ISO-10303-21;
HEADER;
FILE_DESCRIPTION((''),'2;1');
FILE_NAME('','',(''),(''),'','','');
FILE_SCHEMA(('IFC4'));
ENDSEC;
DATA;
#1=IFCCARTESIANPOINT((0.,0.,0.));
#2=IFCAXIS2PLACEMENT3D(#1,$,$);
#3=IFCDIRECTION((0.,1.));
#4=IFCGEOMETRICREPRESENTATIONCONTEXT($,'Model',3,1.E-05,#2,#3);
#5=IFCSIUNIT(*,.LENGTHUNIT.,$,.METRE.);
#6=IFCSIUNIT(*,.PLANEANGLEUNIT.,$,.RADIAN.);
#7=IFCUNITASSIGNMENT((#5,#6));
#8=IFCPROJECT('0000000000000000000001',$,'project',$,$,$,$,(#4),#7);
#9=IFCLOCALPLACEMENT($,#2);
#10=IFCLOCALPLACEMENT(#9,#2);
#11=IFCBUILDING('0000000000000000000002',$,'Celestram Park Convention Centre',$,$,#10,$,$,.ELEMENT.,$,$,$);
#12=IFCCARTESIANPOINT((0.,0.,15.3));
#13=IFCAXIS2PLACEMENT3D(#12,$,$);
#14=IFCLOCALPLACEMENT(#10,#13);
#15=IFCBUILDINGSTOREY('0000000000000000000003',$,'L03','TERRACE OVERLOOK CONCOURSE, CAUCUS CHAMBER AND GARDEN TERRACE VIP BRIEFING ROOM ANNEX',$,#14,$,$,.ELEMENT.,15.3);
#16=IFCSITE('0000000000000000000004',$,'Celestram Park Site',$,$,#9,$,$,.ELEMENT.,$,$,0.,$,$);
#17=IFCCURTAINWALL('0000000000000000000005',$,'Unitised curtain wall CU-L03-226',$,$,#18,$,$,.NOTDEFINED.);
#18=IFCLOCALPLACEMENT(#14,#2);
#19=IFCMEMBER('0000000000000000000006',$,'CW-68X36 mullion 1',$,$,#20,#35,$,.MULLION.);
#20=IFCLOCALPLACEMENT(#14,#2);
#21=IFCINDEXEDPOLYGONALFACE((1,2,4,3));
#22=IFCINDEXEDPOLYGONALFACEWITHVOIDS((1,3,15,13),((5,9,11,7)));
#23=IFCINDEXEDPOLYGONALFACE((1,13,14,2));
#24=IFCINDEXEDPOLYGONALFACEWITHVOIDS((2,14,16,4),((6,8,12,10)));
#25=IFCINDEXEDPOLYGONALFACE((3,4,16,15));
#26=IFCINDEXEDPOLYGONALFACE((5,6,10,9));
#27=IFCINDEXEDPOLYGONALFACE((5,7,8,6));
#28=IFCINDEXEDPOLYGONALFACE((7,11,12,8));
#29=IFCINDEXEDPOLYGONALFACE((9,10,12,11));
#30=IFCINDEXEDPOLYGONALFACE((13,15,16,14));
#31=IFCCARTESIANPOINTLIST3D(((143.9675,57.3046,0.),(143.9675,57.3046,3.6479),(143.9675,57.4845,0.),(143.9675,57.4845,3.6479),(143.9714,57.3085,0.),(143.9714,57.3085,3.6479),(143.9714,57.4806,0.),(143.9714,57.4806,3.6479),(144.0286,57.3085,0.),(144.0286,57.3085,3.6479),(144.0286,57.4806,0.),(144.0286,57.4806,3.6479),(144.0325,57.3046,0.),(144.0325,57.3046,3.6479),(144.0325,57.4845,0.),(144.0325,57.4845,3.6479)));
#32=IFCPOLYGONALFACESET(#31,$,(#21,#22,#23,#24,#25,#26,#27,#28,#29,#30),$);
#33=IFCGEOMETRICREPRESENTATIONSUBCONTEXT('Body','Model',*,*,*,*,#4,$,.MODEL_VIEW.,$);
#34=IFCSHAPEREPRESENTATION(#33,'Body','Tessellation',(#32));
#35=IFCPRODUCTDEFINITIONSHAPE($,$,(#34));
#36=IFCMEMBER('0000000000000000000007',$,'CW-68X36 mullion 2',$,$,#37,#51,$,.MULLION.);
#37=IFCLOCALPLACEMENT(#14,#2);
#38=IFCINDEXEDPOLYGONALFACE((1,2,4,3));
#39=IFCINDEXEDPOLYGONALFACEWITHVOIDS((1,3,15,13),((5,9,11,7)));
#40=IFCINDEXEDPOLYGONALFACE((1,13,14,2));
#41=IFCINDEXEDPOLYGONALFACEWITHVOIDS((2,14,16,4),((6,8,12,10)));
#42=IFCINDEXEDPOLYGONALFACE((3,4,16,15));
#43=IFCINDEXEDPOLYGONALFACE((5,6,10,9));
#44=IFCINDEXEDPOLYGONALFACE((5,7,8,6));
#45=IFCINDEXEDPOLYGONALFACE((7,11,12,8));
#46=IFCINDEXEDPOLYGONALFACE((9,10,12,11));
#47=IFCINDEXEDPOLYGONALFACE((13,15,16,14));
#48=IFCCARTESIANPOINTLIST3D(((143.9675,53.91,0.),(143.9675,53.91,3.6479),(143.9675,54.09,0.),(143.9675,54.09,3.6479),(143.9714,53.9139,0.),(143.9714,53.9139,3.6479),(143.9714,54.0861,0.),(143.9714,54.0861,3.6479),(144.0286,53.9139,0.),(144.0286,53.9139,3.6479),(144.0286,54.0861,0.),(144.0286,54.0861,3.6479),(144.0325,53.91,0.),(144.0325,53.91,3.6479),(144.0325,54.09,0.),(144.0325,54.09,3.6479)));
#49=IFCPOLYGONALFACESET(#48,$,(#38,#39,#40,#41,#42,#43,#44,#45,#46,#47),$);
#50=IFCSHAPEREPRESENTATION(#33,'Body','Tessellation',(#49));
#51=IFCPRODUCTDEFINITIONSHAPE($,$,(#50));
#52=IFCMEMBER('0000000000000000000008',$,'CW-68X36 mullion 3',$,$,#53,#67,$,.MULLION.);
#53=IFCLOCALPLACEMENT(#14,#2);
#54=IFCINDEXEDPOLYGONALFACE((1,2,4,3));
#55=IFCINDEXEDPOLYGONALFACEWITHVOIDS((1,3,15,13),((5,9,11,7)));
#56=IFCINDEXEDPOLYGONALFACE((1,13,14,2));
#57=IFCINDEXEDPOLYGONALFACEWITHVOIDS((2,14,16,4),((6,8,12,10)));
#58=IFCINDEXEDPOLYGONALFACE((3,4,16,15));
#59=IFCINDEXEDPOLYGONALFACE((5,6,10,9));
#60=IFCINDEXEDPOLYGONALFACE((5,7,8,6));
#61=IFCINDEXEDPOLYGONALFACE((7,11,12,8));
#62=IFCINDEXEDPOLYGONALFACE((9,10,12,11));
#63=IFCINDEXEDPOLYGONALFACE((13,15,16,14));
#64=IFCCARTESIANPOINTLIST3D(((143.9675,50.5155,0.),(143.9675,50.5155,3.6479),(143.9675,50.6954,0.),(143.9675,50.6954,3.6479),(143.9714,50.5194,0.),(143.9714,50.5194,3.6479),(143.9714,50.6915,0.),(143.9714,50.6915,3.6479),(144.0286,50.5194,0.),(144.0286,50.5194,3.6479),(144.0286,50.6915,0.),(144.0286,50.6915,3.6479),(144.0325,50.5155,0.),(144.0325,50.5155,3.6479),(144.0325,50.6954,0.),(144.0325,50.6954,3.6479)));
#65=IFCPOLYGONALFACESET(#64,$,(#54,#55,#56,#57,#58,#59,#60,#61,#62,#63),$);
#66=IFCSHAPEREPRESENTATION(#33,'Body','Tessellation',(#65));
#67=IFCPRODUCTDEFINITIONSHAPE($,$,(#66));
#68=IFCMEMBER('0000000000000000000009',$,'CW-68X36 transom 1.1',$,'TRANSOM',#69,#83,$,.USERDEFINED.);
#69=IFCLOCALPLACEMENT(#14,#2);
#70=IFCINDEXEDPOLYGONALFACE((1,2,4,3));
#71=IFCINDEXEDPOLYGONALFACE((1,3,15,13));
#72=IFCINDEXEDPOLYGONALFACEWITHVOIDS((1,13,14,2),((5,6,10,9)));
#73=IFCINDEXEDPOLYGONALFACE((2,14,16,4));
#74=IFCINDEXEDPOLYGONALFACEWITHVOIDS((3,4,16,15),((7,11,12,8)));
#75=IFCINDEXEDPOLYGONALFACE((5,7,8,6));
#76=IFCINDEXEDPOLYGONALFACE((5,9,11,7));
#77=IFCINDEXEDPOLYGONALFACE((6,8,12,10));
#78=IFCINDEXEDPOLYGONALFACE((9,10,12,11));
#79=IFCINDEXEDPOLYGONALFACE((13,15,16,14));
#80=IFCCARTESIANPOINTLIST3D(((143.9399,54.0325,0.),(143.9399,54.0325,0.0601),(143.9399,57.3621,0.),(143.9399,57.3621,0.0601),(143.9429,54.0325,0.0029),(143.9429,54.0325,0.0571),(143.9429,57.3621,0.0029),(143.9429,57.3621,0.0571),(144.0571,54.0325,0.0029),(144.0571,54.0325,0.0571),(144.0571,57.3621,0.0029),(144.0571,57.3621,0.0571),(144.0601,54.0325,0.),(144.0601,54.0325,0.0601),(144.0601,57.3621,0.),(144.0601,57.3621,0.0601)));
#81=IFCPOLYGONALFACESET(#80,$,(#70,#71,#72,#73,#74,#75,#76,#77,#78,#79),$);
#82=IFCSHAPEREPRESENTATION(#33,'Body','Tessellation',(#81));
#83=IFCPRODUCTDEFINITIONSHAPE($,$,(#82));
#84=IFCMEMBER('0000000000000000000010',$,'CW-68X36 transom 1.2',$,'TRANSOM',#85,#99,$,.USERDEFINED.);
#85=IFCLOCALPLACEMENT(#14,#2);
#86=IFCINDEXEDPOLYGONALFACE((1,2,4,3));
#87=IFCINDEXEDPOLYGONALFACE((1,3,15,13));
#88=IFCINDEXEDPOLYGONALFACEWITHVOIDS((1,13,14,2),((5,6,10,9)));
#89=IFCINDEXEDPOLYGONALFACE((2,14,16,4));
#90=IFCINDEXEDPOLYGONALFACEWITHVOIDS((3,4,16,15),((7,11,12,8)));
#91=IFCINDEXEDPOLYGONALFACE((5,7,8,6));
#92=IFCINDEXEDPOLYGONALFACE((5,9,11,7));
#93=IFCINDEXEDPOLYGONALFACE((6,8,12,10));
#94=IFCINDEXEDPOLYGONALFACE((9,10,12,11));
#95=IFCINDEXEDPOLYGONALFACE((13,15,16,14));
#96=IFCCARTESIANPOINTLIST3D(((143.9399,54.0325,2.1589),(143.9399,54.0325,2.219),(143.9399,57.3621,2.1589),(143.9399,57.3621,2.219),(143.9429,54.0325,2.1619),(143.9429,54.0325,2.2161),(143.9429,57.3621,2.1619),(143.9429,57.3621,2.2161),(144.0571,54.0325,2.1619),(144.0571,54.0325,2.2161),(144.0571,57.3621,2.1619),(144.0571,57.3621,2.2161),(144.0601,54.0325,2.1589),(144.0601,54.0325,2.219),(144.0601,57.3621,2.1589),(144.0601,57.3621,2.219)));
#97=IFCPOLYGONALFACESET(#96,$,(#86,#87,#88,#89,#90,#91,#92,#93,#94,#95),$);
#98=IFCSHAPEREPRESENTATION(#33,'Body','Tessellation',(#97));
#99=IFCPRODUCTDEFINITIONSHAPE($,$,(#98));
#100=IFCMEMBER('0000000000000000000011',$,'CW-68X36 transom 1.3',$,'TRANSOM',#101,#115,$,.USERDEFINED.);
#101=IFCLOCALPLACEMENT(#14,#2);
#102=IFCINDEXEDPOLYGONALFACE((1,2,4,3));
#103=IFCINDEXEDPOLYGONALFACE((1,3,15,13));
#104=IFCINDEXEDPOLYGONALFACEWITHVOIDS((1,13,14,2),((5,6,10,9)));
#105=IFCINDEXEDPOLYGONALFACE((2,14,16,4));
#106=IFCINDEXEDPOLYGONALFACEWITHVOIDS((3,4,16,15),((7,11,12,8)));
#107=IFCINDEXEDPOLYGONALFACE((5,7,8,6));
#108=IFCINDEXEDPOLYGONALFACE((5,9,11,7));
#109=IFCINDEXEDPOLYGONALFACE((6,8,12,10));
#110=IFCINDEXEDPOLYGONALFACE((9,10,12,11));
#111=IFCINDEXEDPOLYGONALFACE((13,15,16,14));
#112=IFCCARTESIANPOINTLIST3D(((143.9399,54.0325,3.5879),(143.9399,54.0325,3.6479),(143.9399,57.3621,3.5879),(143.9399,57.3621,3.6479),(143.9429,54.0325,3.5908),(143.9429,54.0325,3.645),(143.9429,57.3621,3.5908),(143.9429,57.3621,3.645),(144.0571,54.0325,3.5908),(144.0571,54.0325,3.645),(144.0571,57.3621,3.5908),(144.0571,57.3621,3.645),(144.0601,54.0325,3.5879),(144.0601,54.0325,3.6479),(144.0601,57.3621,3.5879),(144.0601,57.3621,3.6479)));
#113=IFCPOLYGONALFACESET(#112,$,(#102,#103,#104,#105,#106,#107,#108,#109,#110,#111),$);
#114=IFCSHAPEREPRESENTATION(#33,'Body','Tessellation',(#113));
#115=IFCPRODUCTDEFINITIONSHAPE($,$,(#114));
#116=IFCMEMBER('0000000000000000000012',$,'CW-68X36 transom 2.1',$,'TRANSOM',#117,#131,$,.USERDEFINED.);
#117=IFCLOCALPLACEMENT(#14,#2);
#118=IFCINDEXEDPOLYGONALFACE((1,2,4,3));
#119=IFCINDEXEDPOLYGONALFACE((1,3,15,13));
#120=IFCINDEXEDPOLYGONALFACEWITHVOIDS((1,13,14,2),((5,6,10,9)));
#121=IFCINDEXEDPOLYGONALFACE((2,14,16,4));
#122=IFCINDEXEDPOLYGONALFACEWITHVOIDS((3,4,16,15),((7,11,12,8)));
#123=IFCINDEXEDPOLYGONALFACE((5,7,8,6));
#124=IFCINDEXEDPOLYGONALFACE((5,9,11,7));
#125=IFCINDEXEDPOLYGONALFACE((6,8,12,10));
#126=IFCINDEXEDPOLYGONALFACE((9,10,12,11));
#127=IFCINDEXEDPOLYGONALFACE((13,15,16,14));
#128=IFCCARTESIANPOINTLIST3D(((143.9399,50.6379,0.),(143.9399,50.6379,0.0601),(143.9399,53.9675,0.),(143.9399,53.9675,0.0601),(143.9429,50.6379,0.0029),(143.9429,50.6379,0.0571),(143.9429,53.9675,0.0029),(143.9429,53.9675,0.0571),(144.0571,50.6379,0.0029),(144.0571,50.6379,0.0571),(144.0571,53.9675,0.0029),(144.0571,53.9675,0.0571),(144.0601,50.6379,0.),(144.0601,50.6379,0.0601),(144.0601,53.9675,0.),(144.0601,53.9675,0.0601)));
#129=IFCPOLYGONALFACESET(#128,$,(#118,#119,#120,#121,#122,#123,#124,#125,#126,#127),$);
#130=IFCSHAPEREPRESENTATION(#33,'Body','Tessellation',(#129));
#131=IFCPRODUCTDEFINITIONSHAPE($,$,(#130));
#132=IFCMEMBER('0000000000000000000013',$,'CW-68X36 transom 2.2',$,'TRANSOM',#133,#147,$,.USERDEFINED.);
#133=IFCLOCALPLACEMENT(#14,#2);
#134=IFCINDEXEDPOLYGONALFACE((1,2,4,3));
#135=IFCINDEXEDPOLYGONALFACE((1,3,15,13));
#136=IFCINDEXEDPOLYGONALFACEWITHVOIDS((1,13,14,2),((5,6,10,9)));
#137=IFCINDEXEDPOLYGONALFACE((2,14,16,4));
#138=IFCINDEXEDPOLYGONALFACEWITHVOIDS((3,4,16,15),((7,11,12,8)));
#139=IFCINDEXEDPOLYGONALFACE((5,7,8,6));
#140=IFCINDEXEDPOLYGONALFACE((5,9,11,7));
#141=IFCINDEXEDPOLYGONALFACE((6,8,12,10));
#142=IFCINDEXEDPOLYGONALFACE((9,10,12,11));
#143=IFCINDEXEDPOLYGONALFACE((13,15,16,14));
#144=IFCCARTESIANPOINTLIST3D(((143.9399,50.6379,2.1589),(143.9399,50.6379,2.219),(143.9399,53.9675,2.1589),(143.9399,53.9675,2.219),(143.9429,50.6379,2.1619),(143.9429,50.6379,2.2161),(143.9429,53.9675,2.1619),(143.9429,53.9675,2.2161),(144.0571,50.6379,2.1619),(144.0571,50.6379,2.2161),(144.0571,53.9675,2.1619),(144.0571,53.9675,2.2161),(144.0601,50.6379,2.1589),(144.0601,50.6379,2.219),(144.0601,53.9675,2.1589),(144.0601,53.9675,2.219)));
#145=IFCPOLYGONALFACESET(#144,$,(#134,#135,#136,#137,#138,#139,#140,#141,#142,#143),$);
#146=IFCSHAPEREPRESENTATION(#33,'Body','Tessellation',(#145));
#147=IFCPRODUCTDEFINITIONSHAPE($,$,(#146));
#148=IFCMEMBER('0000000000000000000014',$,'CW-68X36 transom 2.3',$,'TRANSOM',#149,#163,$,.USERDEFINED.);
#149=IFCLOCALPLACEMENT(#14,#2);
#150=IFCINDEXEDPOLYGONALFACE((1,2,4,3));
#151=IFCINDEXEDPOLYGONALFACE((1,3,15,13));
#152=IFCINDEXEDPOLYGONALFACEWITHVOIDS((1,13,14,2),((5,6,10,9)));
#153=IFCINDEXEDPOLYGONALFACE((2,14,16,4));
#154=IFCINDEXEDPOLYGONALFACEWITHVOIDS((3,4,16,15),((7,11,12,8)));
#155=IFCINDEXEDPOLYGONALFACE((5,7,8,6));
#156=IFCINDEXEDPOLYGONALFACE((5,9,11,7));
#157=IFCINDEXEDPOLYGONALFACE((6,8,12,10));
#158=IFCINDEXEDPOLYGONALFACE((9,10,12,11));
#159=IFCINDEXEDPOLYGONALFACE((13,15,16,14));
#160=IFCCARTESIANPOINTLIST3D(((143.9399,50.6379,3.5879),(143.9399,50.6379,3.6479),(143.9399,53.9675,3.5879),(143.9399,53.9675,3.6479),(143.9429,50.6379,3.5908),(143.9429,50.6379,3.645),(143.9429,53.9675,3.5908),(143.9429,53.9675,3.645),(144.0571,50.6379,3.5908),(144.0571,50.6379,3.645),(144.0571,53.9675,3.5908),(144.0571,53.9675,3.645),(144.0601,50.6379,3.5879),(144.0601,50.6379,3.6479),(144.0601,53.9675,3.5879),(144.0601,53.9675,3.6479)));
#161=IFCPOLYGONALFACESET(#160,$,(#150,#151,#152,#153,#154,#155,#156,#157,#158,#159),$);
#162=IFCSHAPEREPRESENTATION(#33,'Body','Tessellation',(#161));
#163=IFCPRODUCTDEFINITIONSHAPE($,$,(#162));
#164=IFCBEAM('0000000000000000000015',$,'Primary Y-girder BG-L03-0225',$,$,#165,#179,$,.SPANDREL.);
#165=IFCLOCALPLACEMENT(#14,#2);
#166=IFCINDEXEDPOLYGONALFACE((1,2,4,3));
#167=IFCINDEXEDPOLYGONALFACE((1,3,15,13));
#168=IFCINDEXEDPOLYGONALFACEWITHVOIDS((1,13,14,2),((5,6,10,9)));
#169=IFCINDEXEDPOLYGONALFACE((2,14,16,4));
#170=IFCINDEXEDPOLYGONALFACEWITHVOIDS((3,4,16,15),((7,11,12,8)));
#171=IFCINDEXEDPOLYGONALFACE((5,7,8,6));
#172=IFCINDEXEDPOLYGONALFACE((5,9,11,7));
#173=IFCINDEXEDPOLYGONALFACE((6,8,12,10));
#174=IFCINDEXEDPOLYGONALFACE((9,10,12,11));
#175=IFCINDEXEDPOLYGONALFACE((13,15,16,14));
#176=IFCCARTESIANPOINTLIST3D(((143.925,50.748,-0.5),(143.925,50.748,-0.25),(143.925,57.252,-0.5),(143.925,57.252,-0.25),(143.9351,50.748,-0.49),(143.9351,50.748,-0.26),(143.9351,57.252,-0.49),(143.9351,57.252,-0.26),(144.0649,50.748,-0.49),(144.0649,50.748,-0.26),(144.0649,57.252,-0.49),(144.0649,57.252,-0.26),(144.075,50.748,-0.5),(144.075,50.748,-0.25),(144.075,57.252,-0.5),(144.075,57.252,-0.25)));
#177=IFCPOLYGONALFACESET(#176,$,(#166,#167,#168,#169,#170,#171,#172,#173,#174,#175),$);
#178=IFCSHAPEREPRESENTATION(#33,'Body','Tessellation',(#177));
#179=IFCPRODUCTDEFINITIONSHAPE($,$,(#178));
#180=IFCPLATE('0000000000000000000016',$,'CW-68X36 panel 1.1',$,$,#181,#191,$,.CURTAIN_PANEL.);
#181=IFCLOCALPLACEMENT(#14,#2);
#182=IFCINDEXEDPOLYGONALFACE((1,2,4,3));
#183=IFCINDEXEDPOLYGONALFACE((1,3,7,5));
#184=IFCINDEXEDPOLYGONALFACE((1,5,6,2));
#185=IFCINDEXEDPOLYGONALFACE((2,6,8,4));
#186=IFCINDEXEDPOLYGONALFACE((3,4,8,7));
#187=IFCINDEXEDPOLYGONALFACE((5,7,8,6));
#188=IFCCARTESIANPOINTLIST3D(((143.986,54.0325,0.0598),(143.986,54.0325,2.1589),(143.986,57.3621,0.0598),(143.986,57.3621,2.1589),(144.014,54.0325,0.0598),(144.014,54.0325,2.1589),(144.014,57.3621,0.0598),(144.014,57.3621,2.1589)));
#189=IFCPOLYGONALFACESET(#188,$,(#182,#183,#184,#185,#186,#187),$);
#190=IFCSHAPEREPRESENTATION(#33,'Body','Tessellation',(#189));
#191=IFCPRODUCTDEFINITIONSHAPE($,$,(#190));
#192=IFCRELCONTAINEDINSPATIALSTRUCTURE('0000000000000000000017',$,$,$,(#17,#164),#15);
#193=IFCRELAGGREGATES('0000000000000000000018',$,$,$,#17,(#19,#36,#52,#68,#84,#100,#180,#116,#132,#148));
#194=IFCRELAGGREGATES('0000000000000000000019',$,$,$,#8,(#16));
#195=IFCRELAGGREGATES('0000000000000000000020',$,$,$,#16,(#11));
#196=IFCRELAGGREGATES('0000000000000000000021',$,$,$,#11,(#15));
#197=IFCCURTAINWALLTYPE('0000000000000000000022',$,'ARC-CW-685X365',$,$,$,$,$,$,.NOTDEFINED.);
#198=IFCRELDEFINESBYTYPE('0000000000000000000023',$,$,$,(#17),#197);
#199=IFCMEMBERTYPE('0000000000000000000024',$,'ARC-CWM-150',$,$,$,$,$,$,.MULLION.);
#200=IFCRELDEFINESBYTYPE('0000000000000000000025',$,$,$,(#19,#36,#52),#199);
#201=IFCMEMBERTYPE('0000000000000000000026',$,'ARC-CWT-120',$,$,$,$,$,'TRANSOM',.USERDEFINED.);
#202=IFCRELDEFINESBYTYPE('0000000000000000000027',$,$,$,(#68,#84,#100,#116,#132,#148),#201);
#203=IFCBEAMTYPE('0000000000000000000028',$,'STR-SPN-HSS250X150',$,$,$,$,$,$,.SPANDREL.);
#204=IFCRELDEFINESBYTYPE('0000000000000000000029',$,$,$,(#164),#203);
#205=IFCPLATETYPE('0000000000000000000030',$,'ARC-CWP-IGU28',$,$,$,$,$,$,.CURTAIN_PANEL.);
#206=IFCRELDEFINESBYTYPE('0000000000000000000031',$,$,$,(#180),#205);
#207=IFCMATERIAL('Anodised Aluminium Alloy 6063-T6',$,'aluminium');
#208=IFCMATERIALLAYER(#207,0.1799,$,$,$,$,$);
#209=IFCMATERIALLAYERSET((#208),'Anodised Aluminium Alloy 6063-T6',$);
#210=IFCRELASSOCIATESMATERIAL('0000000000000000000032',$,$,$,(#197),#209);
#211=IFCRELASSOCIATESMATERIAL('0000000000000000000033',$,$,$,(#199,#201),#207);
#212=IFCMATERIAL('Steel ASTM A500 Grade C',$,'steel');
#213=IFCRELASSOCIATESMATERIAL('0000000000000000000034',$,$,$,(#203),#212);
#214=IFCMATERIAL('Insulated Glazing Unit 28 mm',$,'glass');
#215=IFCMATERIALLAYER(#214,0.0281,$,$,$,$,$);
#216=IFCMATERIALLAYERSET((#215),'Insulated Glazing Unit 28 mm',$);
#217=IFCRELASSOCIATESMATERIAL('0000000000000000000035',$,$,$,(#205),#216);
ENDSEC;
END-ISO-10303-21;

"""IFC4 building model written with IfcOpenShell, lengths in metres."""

from ifc_helpers import new_model, si_unit, direction, frame, origin, origin_2d, place, context, subcontext, project, spatial, rectangle, hollow_rectangle, extrude, material, layer, layer_set, material_profile, profile_set, type_object, element, aggregate, save


model = new_model("IFC4")

# Units and contexts
model_context = context("Model", 3, precision=1e-05, world=origin(), true_north=direction((0.0, 1.0)))
body_context = subcontext(model_context, "Body", "Model", "MODEL_VIEW")
ifc_project = project(units=[si_unit("LENGTHUNIT", "METRE"), si_unit("PLANEANGLEUNIT", "RADIAN")], contexts=[model_context])

# Site, building, storey
site_placement = place(None, origin())
site = spatial("IfcSite", under=ifc_project, at=site_placement, Name="Celestram Park Site", CompositionType="ELEMENT", RefElevation=0.0)
building_placement = place(site_placement, origin())
building = spatial("IfcBuilding", under=site, at=building_placement, Name="Celestram Park Convention Centre", CompositionType="ELEMENT")
storey_placement = place(building_placement, frame((0.0, 0.0, 15.3)))
storey = spatial("IfcBuildingStorey", under=building, at=storey_placement, Name="L03", Description="TERRACE OVERLOOK CONCOURSE, CAUCUS CHAMBER AND GARDEN TERRACE VIP BRIEFING ROOM ANNEX", CompositionType="ELEMENT", Elevation=15.3)

# Curtain wall, members
ifc_material_1 = material(Name="Anodised Aluminium Alloy 6063-T6", Category="aluminium")
ifc_layer_1 = layer(ifc_material_1, 0.1799)
ifc_layer_set_1 = layer_set([ifc_layer_1], Name="Anodised Aluminium Alloy 6063-T6")
curtain_wall_type = type_object("IfcCurtainWallType", Name="ARC-CW-685X365", PredefinedType="NOTDEFINED", material=ifc_layer_set_1)
curtain_wall_placement = place(storey_placement, origin())
curtain_wall = element("IfcCurtainWall", 1, at=curtain_wall_placement, inside=storey, type_object=curtain_wall_type, Name="Unitised curtain wall CU-L03-226", PredefinedType="NOTDEFINED")
ifc_material_profile_1 = material_profile(ifc_material_1, hollow_rectangle(XDim=0.0649, YDim=0.1799, WallThickness=0.0039, at=origin_2d()), Name="ALU65X180X4")
ifc_profile_set_1 = profile_set([ifc_material_profile_1], Name="Anodised Aluminium Alloy 6063-T6")
member_type_1 = type_object("IfcMemberType", Name="ARC-CWM-150", PredefinedType="MULLION", material=ifc_profile_set_1)
member_1_placement = place(storey_placement, frame((144.0, 57.3945, 0.0), z_axis=(0.0, 0.0, 1.0), x_axis=(1.0, 0.0, 0.0)))
member_1 = element("IfcMember", 2, at=member_1_placement, type_object=member_type_1, Name="CW-68X36 mullion 1", PredefinedType="MULLION", context=body_context, shape_type="SweptSolid", body=[
    extrude(hollow_rectangle(XDim=0.0649, YDim=0.1799, WallThickness=0.0039, at=origin_2d()), origin(), (0.0, 0.0, 1.0), 3.6479),
])
member_2_placement = place(storey_placement, frame((144.0, 54.0, 0.0), z_axis=(0.0, 0.0, 1.0), x_axis=(1.0, 0.0, 0.0)))
member_2 = element("IfcMember", 3, at=member_2_placement, type_object=member_type_1, Name="CW-68X36 mullion 2", PredefinedType="MULLION", context=body_context, shape_type="SweptSolid", body=[
    extrude(hollow_rectangle(XDim=0.0649, YDim=0.1799, WallThickness=0.0039, at=origin_2d()), origin(), (0.0, 0.0, 1.0), 3.6479),
])
member_3_placement = place(storey_placement, frame((144.0, 50.6055, 0.0), z_axis=(0.0, 0.0, 1.0), x_axis=(1.0, 0.0, 0.0)))
member_3 = element("IfcMember", 4, at=member_3_placement, type_object=member_type_1, Name="CW-68X36 mullion 3", PredefinedType="MULLION", context=body_context, shape_type="SweptSolid", body=[
    extrude(hollow_rectangle(XDim=0.0649, YDim=0.1799, WallThickness=0.0039, at=origin_2d()), origin(), (0.0, 0.0, 1.0), 3.6479),
])
ifc_material_profile_2 = material_profile(ifc_material_1, hollow_rectangle(XDim=0.1201, YDim=0.0601, WallThickness=0.0029, at=origin_2d()), Name="ALU120X60X3")
ifc_profile_set_2 = profile_set([ifc_material_profile_2], Name="Anodised Aluminium Alloy 6063-T6")
member_type_2 = type_object("IfcMemberType", Name="ARC-CWT-120", ElementType="TRANSOM", PredefinedType="USERDEFINED", material=ifc_profile_set_2)
member_4_placement = place(storey_placement, frame((144.0, 57.3621, 0.03), z_axis=(0.0, -1.0, 0.0), x_axis=(1.0, 0.0, 0.0)))
member_4 = element("IfcMember", 5, at=member_4_placement, type_object=member_type_2, Name="CW-68X36 transom 1.1", ObjectType="TRANSOM", PredefinedType="USERDEFINED", context=body_context, shape_type="SweptSolid", body=[
    extrude(hollow_rectangle(XDim=0.1201, YDim=0.0601, WallThickness=0.0029, at=origin_2d()), origin(), (0.0, 0.0, 1.0), 3.3296),
])
member_5_placement = place(storey_placement, frame((144.0, 57.3621, 2.189), z_axis=(0.0, -1.0, 0.0), x_axis=(1.0, 0.0, 0.0)))
member_5 = element("IfcMember", 6, at=member_5_placement, type_object=member_type_2, Name="CW-68X36 transom 1.2", ObjectType="TRANSOM", PredefinedType="USERDEFINED", context=body_context, shape_type="SweptSolid", body=[
    extrude(hollow_rectangle(XDim=0.1201, YDim=0.0601, WallThickness=0.0029, at=origin_2d()), origin(), (0.0, 0.0, 1.0), 3.3296),
])
member_6_placement = place(storey_placement, frame((144.0, 57.3621, 3.6179), z_axis=(0.0, -1.0, 0.0), x_axis=(1.0, 0.0, 0.0)))
member_6 = element("IfcMember", 7, at=member_6_placement, type_object=member_type_2, Name="CW-68X36 transom 1.3", ObjectType="TRANSOM", PredefinedType="USERDEFINED", context=body_context, shape_type="SweptSolid", body=[
    extrude(hollow_rectangle(XDim=0.1201, YDim=0.0601, WallThickness=0.0029, at=origin_2d()), origin(), (0.0, 0.0, 1.0), 3.3296),
])
member_7_placement = place(storey_placement, frame((144.0, 53.9675, 0.03), z_axis=(0.0, -1.0, 0.0), x_axis=(1.0, 0.0, 0.0)))
member_7 = element("IfcMember", 8, at=member_7_placement, type_object=member_type_2, Name="CW-68X36 transom 2.1", ObjectType="TRANSOM", PredefinedType="USERDEFINED", context=body_context, shape_type="SweptSolid", body=[
    extrude(hollow_rectangle(XDim=0.1201, YDim=0.0601, WallThickness=0.0029, at=origin_2d()), origin(), (0.0, 0.0, 1.0), 3.3296),
])
member_8_placement = place(storey_placement, frame((144.0, 53.9675, 2.189), z_axis=(0.0, -1.0, 0.0), x_axis=(1.0, 0.0, 0.0)))
member_8 = element("IfcMember", 9, at=member_8_placement, type_object=member_type_2, Name="CW-68X36 transom 2.2", ObjectType="TRANSOM", PredefinedType="USERDEFINED", context=body_context, shape_type="SweptSolid", body=[
    extrude(hollow_rectangle(XDim=0.1201, YDim=0.0601, WallThickness=0.0029, at=origin_2d()), origin(), (0.0, 0.0, 1.0), 3.3296),
])
member_9_placement = place(storey_placement, frame((144.0, 53.9675, 3.6179), z_axis=(0.0, -1.0, 0.0), x_axis=(1.0, 0.0, 0.0)))
member_9 = element("IfcMember", 10, at=member_9_placement, type_object=member_type_2, Name="CW-68X36 transom 2.3", ObjectType="TRANSOM", PredefinedType="USERDEFINED", context=body_context, shape_type="SweptSolid", body=[
    extrude(hollow_rectangle(XDim=0.1201, YDim=0.0601, WallThickness=0.0029, at=origin_2d()), origin(), (0.0, 0.0, 1.0), 3.3296),
])

# Beam
ifc_material_2 = material(Name="Steel ASTM A500 Grade C", Category="steel")
ifc_material_profile_3 = material_profile(ifc_material_2, hollow_rectangle(XDim=0.1499, YDim=0.25, WallThickness=0.01, at=origin_2d()), Name="HSS250X150X10")
ifc_profile_set_3 = profile_set([ifc_material_profile_3], Name="Steel ASTM A500 Grade C")
beam_type = type_object("IfcBeamType", Name="STR-SPN-HSS250X150", PredefinedType="SPANDREL", material=ifc_profile_set_3)
beam_placement = place(storey_placement, frame((144.0, 50.748, -0.375), z_axis=(0.0, 1.0, 0.0), x_axis=(-1.0, 0.0, 0.0)))
element("IfcBeam", 11, at=beam_placement, inside=storey, type_object=beam_type, Name="Primary Y-girder BG-L03-0225", PredefinedType="SPANDREL", context=body_context, shape_type="SweptSolid", body=[
    extrude(hollow_rectangle(XDim=0.1499, YDim=0.25, WallThickness=0.01, at=origin_2d()), origin(), (0.0, 0.0, 1.0), 6.5039),
])

# Plate
ifc_material_3 = material(Name="Insulated Glazing Unit 28 mm", Category="glass")
ifc_layer_2 = layer(ifc_material_3, 0.0281)
ifc_layer_set_2 = layer_set([ifc_layer_2], Name="Insulated Glazing Unit 28 mm")
plate_type = type_object("IfcPlateType", Name="ARC-CWP-IGU28", PredefinedType="CURTAIN_PANEL", material=ifc_layer_set_2)
plate_1_placement = place(storey_placement, frame((144.0, 55.6973, 0.0598), z_axis=(0.0, 0.0, 1.0), x_axis=(0.0, -1.0, 0.0)))
plate_1 = element("IfcPlate", 12, at=plate_1_placement, type_object=plate_type, Name="CW-68X36 panel 1.1", PredefinedType="CURTAIN_PANEL", context=body_context, shape_type="SweptSolid", body=[
    extrude(rectangle(XDim=3.3296, YDim=0.0281, at=origin_2d()), origin(), (0.0, 0.0, 1.0), 2.0991),
])
aggregate(curtain_wall, [member_1, member_2, member_3, member_4, member_5, member_6, plate_1, member_7, member_8, member_9])

save(model, "model.ifc")
